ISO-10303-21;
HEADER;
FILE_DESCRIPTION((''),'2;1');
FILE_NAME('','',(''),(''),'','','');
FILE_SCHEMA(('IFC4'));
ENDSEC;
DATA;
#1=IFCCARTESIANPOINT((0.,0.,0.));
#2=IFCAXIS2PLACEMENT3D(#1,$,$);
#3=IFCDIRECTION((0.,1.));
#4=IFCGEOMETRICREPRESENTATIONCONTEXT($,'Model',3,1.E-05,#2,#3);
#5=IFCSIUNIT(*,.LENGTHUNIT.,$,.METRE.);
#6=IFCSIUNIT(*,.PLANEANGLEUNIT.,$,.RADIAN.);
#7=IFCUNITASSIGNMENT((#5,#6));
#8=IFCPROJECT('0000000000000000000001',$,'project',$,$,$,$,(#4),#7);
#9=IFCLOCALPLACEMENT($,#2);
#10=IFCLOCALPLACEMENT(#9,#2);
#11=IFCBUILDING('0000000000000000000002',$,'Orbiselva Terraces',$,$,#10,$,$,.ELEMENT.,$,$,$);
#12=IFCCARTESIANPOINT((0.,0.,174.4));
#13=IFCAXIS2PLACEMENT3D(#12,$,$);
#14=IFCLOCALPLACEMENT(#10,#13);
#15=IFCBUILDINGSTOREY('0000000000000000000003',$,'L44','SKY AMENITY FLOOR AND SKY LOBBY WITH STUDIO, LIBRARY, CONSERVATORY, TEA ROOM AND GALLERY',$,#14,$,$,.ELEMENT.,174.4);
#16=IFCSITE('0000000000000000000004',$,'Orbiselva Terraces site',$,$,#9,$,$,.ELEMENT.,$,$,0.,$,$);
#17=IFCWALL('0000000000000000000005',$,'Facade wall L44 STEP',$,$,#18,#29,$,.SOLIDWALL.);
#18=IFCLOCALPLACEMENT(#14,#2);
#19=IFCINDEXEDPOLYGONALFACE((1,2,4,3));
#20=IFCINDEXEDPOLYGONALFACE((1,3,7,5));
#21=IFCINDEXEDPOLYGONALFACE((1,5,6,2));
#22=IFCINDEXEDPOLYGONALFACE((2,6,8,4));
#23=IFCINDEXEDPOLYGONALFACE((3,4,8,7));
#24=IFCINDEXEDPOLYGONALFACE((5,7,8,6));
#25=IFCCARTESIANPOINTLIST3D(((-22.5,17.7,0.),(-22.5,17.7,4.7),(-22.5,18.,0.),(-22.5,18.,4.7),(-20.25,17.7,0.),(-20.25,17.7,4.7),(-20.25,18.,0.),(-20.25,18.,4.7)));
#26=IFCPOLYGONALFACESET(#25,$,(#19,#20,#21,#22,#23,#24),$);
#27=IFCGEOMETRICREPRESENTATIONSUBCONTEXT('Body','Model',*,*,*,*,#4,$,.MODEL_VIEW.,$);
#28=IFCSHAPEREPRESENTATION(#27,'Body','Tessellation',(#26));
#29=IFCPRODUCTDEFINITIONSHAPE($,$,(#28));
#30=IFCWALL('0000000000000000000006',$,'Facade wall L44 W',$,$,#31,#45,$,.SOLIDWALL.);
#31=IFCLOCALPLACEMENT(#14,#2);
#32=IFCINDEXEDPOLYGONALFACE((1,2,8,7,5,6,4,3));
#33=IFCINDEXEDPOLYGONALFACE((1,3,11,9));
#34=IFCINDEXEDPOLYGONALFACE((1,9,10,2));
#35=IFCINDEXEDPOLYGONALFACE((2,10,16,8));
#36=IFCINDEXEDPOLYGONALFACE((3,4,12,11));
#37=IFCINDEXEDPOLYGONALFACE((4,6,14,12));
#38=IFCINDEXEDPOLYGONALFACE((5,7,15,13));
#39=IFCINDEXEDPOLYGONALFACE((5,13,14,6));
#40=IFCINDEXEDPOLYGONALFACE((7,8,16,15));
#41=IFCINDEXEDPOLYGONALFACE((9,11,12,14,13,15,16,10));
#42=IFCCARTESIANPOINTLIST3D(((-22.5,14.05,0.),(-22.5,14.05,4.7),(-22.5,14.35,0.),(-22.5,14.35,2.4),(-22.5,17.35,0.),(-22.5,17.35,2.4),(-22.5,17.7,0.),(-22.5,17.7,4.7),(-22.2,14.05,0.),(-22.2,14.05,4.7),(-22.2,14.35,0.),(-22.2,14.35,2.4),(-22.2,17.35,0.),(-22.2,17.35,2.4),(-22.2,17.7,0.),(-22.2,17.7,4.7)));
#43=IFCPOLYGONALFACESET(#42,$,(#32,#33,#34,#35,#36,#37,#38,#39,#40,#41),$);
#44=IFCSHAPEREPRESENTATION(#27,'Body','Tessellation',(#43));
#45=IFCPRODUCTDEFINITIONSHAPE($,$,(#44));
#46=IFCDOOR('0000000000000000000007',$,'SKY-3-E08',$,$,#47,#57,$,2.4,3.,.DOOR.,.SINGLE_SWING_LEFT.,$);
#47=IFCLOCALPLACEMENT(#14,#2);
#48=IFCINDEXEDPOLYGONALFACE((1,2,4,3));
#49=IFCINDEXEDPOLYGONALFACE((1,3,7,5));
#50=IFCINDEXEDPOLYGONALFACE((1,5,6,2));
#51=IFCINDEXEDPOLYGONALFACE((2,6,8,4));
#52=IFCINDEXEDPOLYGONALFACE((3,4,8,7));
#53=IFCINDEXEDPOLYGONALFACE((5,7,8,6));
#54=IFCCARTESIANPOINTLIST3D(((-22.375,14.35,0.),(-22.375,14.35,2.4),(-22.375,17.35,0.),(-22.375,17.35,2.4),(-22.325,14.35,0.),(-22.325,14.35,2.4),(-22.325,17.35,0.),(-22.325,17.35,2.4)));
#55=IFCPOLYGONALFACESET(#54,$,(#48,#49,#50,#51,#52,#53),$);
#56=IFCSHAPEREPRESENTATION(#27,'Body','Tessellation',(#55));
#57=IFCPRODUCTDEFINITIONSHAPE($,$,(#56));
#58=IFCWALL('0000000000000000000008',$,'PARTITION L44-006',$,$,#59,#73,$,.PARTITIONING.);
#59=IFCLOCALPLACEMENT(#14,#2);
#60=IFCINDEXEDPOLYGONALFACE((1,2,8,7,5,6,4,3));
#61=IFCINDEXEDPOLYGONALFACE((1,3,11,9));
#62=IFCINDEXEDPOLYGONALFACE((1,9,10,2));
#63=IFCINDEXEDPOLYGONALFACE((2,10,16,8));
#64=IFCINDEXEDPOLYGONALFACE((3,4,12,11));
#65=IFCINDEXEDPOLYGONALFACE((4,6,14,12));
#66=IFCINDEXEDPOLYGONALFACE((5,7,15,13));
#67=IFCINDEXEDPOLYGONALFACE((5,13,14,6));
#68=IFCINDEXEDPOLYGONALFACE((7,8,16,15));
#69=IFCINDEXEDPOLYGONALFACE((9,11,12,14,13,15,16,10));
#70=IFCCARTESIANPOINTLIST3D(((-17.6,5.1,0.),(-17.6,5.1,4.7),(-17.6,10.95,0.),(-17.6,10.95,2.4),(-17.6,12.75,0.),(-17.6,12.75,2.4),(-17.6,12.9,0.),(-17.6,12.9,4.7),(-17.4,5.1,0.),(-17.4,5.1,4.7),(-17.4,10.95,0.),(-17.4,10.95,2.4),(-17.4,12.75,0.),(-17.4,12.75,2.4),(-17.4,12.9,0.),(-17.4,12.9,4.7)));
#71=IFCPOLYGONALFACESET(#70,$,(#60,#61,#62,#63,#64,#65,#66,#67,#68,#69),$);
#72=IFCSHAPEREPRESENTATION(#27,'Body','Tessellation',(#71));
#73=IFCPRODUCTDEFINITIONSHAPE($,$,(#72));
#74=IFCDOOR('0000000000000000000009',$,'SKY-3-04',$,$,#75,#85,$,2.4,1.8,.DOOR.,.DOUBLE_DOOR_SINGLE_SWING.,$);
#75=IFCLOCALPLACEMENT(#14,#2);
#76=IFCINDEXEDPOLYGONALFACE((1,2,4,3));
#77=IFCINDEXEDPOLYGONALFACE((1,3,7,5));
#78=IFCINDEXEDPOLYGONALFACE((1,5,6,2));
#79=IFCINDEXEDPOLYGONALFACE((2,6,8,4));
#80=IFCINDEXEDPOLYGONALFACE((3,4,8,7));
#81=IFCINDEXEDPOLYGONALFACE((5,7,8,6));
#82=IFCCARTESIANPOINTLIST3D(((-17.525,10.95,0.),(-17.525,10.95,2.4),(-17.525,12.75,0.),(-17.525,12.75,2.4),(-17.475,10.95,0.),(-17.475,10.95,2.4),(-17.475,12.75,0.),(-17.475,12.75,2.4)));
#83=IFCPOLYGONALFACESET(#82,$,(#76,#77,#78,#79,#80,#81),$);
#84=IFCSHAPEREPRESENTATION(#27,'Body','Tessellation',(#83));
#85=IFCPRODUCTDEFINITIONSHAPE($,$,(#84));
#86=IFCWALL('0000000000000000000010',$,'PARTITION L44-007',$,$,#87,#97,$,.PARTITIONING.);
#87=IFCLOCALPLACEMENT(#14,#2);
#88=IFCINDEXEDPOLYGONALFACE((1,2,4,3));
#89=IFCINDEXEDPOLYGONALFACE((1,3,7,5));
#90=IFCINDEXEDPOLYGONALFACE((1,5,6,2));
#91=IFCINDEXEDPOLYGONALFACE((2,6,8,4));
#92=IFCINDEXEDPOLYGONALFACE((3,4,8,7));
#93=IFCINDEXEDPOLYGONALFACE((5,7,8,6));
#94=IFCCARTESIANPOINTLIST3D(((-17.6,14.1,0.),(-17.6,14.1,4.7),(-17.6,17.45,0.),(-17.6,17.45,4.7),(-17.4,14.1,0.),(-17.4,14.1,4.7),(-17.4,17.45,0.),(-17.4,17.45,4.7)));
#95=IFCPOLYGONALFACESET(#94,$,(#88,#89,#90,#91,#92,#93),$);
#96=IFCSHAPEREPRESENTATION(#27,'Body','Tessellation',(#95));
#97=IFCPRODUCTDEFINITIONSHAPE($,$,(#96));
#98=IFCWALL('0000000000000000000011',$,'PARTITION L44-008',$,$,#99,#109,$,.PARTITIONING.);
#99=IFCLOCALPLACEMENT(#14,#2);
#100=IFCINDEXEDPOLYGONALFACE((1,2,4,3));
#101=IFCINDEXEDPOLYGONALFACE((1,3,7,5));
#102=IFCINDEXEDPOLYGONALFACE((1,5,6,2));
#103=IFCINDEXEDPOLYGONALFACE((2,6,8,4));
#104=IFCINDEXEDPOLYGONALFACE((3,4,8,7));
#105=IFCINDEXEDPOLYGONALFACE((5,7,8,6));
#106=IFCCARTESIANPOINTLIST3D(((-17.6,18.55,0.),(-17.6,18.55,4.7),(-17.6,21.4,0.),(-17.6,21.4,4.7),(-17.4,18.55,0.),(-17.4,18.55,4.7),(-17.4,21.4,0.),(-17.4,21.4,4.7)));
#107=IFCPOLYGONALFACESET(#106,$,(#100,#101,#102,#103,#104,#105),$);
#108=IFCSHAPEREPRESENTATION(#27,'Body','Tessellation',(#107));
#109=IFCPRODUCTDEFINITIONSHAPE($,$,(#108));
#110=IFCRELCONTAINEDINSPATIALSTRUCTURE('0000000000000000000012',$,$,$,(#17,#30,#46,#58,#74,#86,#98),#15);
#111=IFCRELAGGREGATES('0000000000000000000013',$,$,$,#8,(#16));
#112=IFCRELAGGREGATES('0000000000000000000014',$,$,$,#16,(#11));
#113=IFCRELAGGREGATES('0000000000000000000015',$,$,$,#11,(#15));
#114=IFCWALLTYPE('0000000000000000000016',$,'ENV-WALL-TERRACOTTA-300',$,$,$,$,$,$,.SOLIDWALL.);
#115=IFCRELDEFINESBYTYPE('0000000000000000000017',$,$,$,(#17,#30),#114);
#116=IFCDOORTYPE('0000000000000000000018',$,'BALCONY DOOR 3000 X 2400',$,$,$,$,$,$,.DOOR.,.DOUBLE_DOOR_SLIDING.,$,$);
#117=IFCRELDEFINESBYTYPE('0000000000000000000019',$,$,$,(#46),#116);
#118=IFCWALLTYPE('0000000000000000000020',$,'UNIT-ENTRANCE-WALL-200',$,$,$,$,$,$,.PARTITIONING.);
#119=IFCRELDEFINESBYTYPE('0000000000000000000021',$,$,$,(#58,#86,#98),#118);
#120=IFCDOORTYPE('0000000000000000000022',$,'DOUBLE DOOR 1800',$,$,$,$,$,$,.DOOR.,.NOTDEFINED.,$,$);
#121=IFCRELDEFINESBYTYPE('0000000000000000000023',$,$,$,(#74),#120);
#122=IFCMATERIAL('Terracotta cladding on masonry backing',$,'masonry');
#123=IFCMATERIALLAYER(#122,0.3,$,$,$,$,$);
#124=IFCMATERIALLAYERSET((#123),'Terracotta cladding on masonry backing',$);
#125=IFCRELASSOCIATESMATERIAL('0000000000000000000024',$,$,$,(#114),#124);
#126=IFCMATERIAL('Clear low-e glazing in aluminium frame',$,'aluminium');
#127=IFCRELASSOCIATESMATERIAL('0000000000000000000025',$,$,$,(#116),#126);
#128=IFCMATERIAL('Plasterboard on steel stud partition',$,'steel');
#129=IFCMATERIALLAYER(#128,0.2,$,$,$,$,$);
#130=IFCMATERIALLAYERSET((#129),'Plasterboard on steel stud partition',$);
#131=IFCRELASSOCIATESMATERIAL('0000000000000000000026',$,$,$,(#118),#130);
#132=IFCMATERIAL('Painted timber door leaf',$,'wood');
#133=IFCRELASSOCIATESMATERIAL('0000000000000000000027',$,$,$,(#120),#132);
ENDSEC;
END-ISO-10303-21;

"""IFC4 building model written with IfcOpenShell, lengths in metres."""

from ifc_helpers import new_model, si_unit, direction, frame, frame_2d, origin, place, context, subcontext, project, spatial, rectangle, extrude, material, layer, layer_set, type_object, element, fill, save


model = new_model("IFC4")

# Units and contexts
model_context = context("Model", 3, precision=1e-05, world=origin(), true_north=direction((0.0, 1.0)))
body_context = subcontext(model_context, "Body", "Model", "MODEL_VIEW")
ifc_project = project(units=[si_unit("LENGTHUNIT", "METRE"), si_unit("PLANEANGLEUNIT", "RADIAN")], contexts=[model_context])

# Site, building, storey
site_placement = place(None, origin())
site = spatial("IfcSite", under=ifc_project, at=site_placement, Name="Orbiselva Terraces site", CompositionType="ELEMENT", RefElevation=0.0)
building_placement = place(site_placement, origin())
building = spatial("IfcBuilding", under=site, at=building_placement, Name="Orbiselva Terraces", CompositionType="ELEMENT")
storey_placement = place(building_placement, frame((0.0, 0.0, 174.4)))
storey = spatial("IfcBuildingStorey", under=building, at=storey_placement, Name="L44", Description="SKY AMENITY FLOOR AND SKY LOBBY WITH STUDIO, LIBRARY, CONSERVATORY, TEA ROOM AND GALLERY", CompositionType="ELEMENT", Elevation=174.4)

# Shared definitions
ifc_material_1 = material(Name="Clear low-e glazing in aluminium frame", Category="aluminium")

# Shared definitions
ifc_material_2 = material(Name="Terracotta cladding on masonry backing", Category="masonry")
ifc_layer_1 = layer(ifc_material_2, 0.3)
ifc_layer_set_1 = layer_set([ifc_layer_1], Name="Terracotta cladding on masonry backing")
wall_type_1 = type_object("IfcWallType", Name="ENV-WALL-TERRACOTTA-300", PredefinedType="SOLIDWALL", material=ifc_layer_set_1)

# Wall
wall_1_placement = place(storey_placement, frame((-22.5, 17.85, 0.0), z_axis=(0.0, 0.0, 1.0), x_axis=(1.0, 0.0, 0.0)))
element("IfcWall", 1, at=wall_1_placement, inside=storey, type_object=wall_type_1, Name="Facade wall L44 STEP", PredefinedType="SOLIDWALL", context=body_context, shape_type="SweptSolid", body=[
    extrude(rectangle(XDim=2.25, YDim=0.3, at=frame_2d((1.125, 0.0))), origin(), (0.0, 0.0, 1.0), 4.7),
])

# Walls, openings, doors
wall_2_placement = place(storey_placement, frame((-22.35, 14.05, 0.0), z_axis=(0.0, 0.0, 1.0), x_axis=(0.0, 1.0, 0.0)))
wall_2 = element("IfcWall", 2, at=wall_2_placement, inside=storey, type_object=wall_type_1, Name="Facade wall L44 W", PredefinedType="SOLIDWALL", context=body_context, shape_type="SweptSolid", body=[
    extrude(rectangle(XDim=3.65, YDim=0.3, at=frame_2d((1.825, 0.0))), origin(), (0.0, 0.0, 1.0), 4.7),
])
opening_1_placement = place(wall_2_placement, frame((0.3, 0.0, 0.0)))
opening_1 = element("IfcOpeningElement", 3, at=opening_1_placement, cuts=wall_2, PredefinedType="OPENING", context=body_context, shape_type="SweptSolid", body=[
    extrude(rectangle(XDim=3.0, YDim=2.4, at=frame_2d((1.5, 1.2))), frame((0.0, 0.16, 0.0), z_axis=(0.0, -1.0, 0.0), x_axis=(1.0, 0.0, 0.0)), (0.0, 0.0, 1.0), 0.32),
])
door_type_1 = type_object("IfcDoorType", Name="BALCONY DOOR 3000 X 2400", OperationType="DOUBLE_DOOR_SLIDING", PredefinedType="DOOR", material=ifc_material_1)
door_1_placement = place(opening_1_placement, origin())
door_1 = element("IfcDoor", 4, at=door_1_placement, inside=storey, type_object=door_type_1, Name="SKY-3-E08", OperationType="SINGLE_SWING_LEFT", OverallHeight=2.4, OverallWidth=3.0, PredefinedType="DOOR", context=body_context, shape_type="SweptSolid", body=[
    extrude(rectangle(XDim=3.0, YDim=2.4, at=frame_2d((1.5, 1.2))), frame((0.0, 0.025, 0.0), z_axis=(0.0, -1.0, 0.0), x_axis=(1.0, 0.0, 0.0)), (0.0, 0.0, 1.0), 0.05),
])
fill(opening_1, door_1)
ifc_material_3 = material(Name="Plasterboard on steel stud partition", Category="steel")
ifc_layer_2 = layer(ifc_material_3, 0.2)
ifc_layer_set_2 = layer_set([ifc_layer_2], Name="Plasterboard on steel stud partition")
wall_type_2 = type_object("IfcWallType", Name="UNIT-ENTRANCE-WALL-200", PredefinedType="PARTITIONING", material=ifc_layer_set_2)
wall_3_placement = place(storey_placement, frame((-17.5, 12.9, 0.0), z_axis=(0.0, 0.0, 1.0), x_axis=(0.0, -1.0, 0.0)))
wall_3 = element("IfcWall", 5, at=wall_3_placement, inside=storey, type_object=wall_type_2, Name="PARTITION L44-006", PredefinedType="PARTITIONING", context=body_context, shape_type="SweptSolid", body=[
    extrude(rectangle(XDim=7.8, YDim=0.2, at=frame_2d((3.9, 0.0))), origin(), (0.0, 0.0, 1.0), 4.7),
])
opening_2_placement = place(wall_3_placement, frame((0.15, 0.0, 0.0)))
opening_2 = element("IfcOpeningElement", 6, at=opening_2_placement, cuts=wall_3, PredefinedType="OPENING", context=body_context, shape_type="SweptSolid", body=[
    extrude(rectangle(XDim=1.8, YDim=2.4, at=frame_2d((0.9, 1.2))), frame((0.0, 0.11, 0.0), z_axis=(0.0, -1.0, 0.0), x_axis=(1.0, 0.0, 0.0)), (0.0, 0.0, 1.0), 0.22),
])
ifc_material_4 = material(Name="Painted timber door leaf", Category="wood")
door_type_2 = type_object("IfcDoorType", Name="DOUBLE DOOR 1800", OperationType="NOTDEFINED", PredefinedType="DOOR", material=ifc_material_4)
door_2_placement = place(opening_2_placement, origin())
door_2 = element("IfcDoor", 7, at=door_2_placement, inside=storey, type_object=door_type_2, Name="SKY-3-04", OperationType="DOUBLE_DOOR_SINGLE_SWING", OverallHeight=2.4, OverallWidth=1.8, PredefinedType="DOOR", context=body_context, shape_type="SweptSolid", body=[
    extrude(rectangle(XDim=1.8, YDim=2.4, at=frame_2d((0.9, 1.2))), frame((0.0, 0.025, 0.0), z_axis=(0.0, -1.0, 0.0), x_axis=(1.0, 0.0, 0.0)), (0.0, 0.0, 1.0), 0.05),
])
fill(opening_2, door_2)

# Walls
wall_4_placement = place(storey_placement, frame((-17.5, 14.1, 0.0), z_axis=(0.0, 0.0, 1.0), x_axis=(0.0, 1.0, 0.0)))
element("IfcWall", 8, at=wall_4_placement, inside=storey, type_object=wall_type_2, Name="PARTITION L44-007", PredefinedType="PARTITIONING", context=body_context, shape_type="SweptSolid", body=[
    extrude(rectangle(XDim=3.35, YDim=0.2, at=frame_2d((1.675, 0.0))), origin(), (0.0, 0.0, 1.0), 4.7),
])
wall_5_placement = place(storey_placement, frame((-17.5, 18.55, 0.0), z_axis=(0.0, 0.0, 1.0), x_axis=(0.0, 1.0, 0.0)))
element("IfcWall", 9, at=wall_5_placement, inside=storey, type_object=wall_type_2, Name="PARTITION L44-008", PredefinedType="PARTITIONING", context=body_context, shape_type="SweptSolid", body=[
    extrude(rectangle(XDim=2.85, YDim=0.2, at=frame_2d((1.425, 0.0))), origin(), (0.0, 0.0, 1.0), 4.7),
])

save(model, "model.ifc")
